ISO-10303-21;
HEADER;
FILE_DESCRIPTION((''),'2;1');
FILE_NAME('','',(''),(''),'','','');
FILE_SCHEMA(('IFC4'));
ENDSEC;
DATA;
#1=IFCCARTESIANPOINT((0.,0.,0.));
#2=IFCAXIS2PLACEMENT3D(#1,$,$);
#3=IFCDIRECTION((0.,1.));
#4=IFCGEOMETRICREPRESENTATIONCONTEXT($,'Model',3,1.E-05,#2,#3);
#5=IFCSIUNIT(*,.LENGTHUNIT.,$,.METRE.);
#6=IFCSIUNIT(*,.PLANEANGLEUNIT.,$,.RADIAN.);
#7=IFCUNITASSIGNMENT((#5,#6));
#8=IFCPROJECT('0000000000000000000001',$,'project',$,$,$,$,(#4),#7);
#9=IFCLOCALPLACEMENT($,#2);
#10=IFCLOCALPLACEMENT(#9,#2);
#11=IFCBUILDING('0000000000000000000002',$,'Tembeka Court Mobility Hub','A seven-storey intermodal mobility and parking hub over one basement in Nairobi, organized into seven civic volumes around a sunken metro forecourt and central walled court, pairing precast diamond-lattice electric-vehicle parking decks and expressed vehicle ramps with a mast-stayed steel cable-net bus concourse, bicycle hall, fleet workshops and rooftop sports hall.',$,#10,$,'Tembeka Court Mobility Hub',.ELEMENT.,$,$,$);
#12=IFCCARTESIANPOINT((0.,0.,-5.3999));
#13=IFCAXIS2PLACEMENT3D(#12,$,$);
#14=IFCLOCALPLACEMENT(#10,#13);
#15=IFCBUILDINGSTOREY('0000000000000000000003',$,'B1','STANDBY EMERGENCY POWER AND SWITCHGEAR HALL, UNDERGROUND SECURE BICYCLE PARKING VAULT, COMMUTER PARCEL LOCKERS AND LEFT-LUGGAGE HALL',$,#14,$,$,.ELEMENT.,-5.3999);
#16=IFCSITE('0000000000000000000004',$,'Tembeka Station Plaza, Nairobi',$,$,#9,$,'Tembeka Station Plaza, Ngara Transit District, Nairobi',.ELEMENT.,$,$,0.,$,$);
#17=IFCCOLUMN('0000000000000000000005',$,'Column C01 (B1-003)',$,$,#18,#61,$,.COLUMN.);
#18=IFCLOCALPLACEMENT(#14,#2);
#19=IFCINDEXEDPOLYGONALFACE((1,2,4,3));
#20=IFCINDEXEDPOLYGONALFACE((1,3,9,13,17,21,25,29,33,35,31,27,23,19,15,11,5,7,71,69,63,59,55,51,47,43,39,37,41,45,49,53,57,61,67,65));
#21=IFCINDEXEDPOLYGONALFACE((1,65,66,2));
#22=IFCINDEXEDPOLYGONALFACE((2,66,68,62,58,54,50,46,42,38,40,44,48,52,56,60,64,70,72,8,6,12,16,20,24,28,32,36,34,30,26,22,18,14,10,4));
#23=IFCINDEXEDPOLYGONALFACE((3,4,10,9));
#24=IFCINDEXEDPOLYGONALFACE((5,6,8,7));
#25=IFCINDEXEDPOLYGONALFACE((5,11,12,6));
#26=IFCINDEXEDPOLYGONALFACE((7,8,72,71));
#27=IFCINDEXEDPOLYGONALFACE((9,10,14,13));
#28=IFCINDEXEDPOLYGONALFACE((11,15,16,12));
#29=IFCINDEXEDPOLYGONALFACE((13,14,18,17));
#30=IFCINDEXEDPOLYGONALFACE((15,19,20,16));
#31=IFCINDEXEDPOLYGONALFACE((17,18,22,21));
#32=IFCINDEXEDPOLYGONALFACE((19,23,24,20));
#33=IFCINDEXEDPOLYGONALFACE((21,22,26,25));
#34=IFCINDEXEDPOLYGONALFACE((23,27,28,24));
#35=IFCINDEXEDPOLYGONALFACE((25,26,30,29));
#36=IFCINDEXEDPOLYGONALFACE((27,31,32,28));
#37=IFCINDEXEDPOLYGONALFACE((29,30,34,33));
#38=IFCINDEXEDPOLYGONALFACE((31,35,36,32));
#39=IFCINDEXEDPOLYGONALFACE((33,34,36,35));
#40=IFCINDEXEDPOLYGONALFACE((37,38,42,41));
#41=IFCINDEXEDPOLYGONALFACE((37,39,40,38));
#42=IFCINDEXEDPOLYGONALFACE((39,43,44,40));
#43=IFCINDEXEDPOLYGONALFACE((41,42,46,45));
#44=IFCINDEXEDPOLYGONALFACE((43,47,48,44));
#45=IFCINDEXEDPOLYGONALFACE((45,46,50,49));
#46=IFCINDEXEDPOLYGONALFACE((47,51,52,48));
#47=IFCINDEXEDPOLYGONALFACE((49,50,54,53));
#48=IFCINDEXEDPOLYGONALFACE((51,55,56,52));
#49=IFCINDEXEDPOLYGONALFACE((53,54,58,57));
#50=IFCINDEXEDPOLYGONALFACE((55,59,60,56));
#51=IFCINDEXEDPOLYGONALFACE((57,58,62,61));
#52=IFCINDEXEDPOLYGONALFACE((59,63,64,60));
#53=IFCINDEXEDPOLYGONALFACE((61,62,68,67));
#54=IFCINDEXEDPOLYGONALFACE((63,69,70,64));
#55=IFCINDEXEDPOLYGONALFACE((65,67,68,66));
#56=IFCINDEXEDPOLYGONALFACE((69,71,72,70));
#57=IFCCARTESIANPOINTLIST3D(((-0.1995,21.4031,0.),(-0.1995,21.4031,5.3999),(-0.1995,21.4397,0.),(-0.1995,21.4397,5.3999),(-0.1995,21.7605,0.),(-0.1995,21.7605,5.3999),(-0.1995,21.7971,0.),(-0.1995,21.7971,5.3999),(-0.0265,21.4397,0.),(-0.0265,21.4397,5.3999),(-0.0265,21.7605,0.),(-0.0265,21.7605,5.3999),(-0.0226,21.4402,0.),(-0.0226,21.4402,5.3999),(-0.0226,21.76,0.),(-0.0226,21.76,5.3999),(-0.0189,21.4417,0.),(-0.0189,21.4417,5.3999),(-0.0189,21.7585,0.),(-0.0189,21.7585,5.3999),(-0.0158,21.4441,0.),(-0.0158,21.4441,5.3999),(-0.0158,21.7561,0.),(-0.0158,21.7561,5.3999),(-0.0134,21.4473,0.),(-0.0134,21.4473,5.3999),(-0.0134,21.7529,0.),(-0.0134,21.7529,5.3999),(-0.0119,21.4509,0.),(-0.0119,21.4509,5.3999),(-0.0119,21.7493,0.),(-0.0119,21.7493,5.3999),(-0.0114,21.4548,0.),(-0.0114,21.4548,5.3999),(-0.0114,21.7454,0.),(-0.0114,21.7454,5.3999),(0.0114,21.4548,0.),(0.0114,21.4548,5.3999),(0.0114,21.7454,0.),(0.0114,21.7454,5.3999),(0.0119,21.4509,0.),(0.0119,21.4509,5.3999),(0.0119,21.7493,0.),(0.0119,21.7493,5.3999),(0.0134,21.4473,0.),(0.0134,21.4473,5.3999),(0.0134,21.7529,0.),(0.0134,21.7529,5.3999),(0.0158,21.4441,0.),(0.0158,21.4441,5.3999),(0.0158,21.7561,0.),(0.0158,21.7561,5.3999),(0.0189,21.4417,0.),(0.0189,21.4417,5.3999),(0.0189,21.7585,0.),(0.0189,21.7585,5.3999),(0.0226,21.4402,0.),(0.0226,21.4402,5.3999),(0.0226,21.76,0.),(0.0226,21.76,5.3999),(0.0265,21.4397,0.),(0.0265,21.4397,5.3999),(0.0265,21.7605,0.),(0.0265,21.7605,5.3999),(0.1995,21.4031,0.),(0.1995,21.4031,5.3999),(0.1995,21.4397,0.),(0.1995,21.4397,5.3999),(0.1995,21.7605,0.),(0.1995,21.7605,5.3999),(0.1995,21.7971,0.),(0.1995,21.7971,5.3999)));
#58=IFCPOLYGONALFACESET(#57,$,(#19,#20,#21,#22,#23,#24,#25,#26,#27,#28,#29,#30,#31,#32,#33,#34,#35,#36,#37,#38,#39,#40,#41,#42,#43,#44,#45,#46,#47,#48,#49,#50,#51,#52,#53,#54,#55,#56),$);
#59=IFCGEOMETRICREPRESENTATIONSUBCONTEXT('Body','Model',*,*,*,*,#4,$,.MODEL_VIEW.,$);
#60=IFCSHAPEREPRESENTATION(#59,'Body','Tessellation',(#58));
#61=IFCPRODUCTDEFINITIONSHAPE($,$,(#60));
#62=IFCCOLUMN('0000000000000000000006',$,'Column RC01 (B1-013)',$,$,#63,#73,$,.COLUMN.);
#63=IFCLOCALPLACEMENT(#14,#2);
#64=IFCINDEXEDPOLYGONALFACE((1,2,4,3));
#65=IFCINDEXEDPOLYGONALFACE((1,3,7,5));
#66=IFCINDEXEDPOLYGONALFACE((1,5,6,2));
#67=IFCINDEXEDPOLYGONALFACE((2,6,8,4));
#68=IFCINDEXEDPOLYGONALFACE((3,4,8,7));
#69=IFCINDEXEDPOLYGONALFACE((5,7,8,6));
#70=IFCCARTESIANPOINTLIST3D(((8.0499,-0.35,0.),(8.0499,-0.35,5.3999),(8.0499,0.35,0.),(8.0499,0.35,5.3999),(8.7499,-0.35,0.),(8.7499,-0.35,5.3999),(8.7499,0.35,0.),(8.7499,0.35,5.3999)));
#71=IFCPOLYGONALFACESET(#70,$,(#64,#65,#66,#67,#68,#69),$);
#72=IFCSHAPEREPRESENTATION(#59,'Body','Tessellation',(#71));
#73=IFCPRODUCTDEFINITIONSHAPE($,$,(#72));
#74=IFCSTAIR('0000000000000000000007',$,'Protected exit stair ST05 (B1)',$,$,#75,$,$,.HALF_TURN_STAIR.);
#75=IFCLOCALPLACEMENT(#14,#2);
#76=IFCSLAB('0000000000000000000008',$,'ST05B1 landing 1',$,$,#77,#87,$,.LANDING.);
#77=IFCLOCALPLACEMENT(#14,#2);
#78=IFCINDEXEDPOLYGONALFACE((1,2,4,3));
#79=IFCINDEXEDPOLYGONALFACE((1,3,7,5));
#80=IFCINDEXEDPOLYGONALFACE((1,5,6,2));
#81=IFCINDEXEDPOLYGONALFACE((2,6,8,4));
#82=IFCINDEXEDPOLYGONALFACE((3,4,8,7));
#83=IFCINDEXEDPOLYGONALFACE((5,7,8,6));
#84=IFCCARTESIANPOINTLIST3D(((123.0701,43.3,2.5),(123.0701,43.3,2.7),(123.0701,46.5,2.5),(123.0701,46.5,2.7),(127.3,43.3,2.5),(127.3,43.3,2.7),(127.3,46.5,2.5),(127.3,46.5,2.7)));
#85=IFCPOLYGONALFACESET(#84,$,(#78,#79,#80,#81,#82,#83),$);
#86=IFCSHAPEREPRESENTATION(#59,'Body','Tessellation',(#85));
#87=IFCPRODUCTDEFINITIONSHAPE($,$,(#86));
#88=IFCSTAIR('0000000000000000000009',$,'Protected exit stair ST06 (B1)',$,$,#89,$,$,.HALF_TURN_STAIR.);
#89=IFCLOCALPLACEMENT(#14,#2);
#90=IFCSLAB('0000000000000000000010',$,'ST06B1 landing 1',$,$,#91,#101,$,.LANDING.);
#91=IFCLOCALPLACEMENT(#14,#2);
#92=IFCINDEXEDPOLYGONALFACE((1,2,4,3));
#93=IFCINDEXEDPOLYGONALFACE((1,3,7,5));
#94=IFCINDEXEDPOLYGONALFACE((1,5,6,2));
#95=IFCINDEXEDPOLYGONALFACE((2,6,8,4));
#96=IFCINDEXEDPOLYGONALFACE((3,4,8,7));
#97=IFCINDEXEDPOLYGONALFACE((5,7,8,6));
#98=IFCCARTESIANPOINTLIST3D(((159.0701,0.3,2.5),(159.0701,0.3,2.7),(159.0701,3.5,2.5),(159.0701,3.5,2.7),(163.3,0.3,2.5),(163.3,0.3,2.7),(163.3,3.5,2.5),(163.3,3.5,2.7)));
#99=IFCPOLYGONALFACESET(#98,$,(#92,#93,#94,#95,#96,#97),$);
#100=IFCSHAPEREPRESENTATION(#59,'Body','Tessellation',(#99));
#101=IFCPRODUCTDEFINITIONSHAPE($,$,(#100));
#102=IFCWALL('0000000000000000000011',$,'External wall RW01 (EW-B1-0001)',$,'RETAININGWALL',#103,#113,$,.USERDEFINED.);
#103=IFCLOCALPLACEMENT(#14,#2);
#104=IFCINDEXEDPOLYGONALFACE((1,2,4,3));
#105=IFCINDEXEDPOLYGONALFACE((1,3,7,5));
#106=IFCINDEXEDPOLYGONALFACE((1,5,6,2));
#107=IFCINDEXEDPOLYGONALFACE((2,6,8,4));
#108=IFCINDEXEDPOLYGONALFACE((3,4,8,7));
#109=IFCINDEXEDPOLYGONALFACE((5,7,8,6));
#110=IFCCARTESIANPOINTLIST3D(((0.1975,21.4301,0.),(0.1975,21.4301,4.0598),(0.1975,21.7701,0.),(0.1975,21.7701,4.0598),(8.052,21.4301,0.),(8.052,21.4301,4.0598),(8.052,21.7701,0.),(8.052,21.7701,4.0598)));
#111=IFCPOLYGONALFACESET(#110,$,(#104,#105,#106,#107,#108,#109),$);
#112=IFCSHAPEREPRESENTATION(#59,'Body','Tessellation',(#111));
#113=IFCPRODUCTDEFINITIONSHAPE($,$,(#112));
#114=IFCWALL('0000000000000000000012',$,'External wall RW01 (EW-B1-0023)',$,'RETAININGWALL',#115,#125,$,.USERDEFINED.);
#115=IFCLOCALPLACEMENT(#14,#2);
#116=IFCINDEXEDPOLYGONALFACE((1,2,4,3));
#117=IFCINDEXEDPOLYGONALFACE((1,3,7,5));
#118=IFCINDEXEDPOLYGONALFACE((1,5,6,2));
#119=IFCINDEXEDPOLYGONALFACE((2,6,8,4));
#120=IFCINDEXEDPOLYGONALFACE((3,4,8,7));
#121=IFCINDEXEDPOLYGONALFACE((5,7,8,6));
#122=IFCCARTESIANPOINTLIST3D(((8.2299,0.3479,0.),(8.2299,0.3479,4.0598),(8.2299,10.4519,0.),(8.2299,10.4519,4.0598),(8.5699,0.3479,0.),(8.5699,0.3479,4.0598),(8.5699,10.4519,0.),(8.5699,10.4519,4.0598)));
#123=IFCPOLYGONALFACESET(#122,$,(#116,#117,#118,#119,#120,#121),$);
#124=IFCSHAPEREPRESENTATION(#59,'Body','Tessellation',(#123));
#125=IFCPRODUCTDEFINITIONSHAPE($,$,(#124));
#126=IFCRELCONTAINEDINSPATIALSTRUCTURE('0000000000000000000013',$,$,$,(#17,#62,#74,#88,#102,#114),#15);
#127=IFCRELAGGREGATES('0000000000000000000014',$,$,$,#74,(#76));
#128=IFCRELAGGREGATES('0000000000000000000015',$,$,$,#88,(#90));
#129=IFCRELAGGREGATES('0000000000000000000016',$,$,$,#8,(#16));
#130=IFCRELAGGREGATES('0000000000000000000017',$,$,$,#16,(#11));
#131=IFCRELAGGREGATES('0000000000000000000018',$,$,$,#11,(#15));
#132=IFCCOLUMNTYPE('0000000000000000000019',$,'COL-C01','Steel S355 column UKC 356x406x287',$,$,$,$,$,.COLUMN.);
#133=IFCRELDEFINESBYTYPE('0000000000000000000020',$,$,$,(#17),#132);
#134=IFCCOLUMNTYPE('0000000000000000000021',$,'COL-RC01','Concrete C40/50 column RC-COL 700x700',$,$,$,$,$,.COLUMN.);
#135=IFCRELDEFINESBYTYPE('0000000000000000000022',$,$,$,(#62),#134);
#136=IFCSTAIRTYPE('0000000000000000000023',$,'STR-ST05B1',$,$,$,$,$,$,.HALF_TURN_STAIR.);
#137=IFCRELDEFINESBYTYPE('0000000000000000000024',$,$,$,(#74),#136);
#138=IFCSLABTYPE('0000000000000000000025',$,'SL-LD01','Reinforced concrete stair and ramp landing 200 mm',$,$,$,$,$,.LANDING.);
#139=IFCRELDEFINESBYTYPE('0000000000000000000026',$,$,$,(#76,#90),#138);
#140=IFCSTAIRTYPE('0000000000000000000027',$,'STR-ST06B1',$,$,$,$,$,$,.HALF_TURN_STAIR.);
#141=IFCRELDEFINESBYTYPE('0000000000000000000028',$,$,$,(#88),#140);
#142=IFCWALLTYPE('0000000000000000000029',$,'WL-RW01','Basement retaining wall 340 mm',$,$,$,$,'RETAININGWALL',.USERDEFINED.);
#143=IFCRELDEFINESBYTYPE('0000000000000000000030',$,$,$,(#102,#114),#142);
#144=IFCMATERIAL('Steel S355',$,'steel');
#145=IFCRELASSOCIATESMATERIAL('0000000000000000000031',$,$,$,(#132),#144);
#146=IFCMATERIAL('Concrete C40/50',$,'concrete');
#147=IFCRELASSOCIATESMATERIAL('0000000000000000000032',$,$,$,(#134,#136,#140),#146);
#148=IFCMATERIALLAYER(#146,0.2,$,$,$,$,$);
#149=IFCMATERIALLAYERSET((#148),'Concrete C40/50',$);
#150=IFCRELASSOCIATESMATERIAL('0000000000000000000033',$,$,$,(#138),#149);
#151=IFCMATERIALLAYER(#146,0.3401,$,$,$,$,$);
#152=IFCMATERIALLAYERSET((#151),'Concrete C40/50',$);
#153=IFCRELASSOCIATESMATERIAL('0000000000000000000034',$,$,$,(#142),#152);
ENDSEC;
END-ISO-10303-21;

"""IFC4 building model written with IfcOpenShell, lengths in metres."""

from ifc_helpers import new_model, si_unit, direction, frame, frame_2d, origin, origin_2d, place, context, subcontext, project, spatial, polyline, rectangle, i_section, outline, extrude, material, layer, layer_set, material_profile, profile_set, type_object, element, aggregate, save


model = new_model("IFC4")

# Units and contexts
model_context = context("Model", 3, precision=1e-05, world=origin(), true_north=direction((0.0, 1.0)))
body_context = subcontext(model_context, "Body", "Model", "MODEL_VIEW")
ifc_project = project(units=[si_unit("LENGTHUNIT", "METRE"), si_unit("PLANEANGLEUNIT", "RADIAN")], contexts=[model_context])

# Site, building, storey
site_placement = place(None, origin())
site = spatial("IfcSite", under=ifc_project, at=site_placement, Name="Tembeka Station Plaza, Nairobi", LongName="Tembeka Station Plaza, Ngara Transit District, Nairobi", CompositionType="ELEMENT", RefElevation=0.0)
building_placement = place(site_placement, origin())
building = spatial("IfcBuilding", under=site, at=building_placement, Name="Tembeka Court Mobility Hub", Description="A seven-storey intermodal mobility and parking hub over one basement in Nairobi, organized into seven civic volumes around a sunken metro forecourt and central walled court, pairing precast diamond-lattice electric-vehicle parking decks and expressed vehicle ramps with a mast-stayed steel cable-net bus concourse, bicycle hall, fleet workshops and rooftop sports hall.", LongName="Tembeka Court Mobility Hub", CompositionType="ELEMENT")
storey_placement = place(building_placement, frame((0.0, 0.0, -5.3999)))
storey = spatial("IfcBuildingStorey", under=building, at=storey_placement, Name="B1", Description="STANDBY EMERGENCY POWER AND SWITCHGEAR HALL, UNDERGROUND SECURE BICYCLE PARKING VAULT, COMMUTER PARCEL LOCKERS AND LEFT-LUGGAGE HALL", CompositionType="ELEMENT", Elevation=-5.3999)

# Shared definitions
ifc_material_1 = material(Name="Concrete C40/50", Category="concrete")

# Columns
ifc_material_2 = material(Name="Steel S355", Category="steel")
ifc_material_profile_1 = material_profile(ifc_material_2, i_section(OverallWidth=0.3989, OverallDepth=0.394, WebThickness=0.0227, FlangeThickness=0.0366, FilletRadius=0.0151, at=origin_2d()), Name="UKC 356x406x287")
ifc_profile_set_1 = profile_set([ifc_material_profile_1], Name="Steel S355")
column_type_1 = type_object("IfcColumnType", Name="COL-C01", Description="Steel S355 column UKC 356x406x287", PredefinedType="COLUMN", material=ifc_profile_set_1)
for number, where, z_axis, x_axis, name in (
    (1, (0.0, 21.6001, 0.0), (0.0, 0.0, 1.0), (1.0, 0.0, 0.0), "Column C01 (B1-003)"),
):
    element("IfcColumn", number, at=place(storey_placement, frame(where, z_axis=z_axis, x_axis=x_axis)), inside=storey, type_object=column_type_1, Name=name, PredefinedType="COLUMN", context=body_context, shape_type="SweptSolid", body=[
        extrude(i_section(OverallWidth=0.3989, OverallDepth=0.394, WebThickness=0.0227, FlangeThickness=0.0366, FilletRadius=0.0151, at=origin_2d()), origin(), (0.0, 0.0, 1.0), 5.3999),
    ])
ifc_material_profile_2 = material_profile(ifc_material_1, rectangle(XDim=0.7, YDim=0.7, at=origin_2d()), Name="RC-COL 700x700")
ifc_profile_set_2 = profile_set([ifc_material_profile_2], Name="Concrete C40/50")
column_type_2 = type_object("IfcColumnType", Name="COL-RC01", Description="Concrete C40/50 column RC-COL 700x700", PredefinedType="COLUMN", material=ifc_profile_set_2)
column_placement = place(storey_placement, frame((8.3999, 0.0, 0.0), z_axis=(0.0, 0.0, 1.0), x_axis=(1.0, 0.0, 0.0)))
element("IfcColumn", 2, at=column_placement, inside=storey, type_object=column_type_2, Name="Column RC01 (B1-013)", PredefinedType="COLUMN", context=body_context, shape_type="SweptSolid", body=[
    extrude(rectangle(XDim=0.7, YDim=0.7, at=origin_2d()), origin(), (0.0, 0.0, 1.0), 5.3999),
])

# Stairs, slabs
stair_type_1 = type_object("IfcStairType", Name="STR-ST05B1", PredefinedType="HALF_TURN_STAIR", material=ifc_material_1)
stair_1_placement = place(storey_placement, origin())
stair_1 = element("IfcStair", 3, at=stair_1_placement, inside=storey, type_object=stair_type_1, Name="Protected exit stair ST05 (B1)", PredefinedType="HALF_TURN_STAIR")
ifc_layer_1 = layer(ifc_material_1, 0.2)
ifc_layer_set_1 = layer_set([ifc_layer_1], Name="Concrete C40/50")
slab_type = type_object("IfcSlabType", Name="SL-LD01", Description="Reinforced concrete stair and ramp landing 200 mm", PredefinedType="LANDING", material=ifc_layer_set_1)
slab_1_placement = place(storey_placement, frame((0.0, 0.0, 2.5)))
slab_1 = element("IfcSlab", 4, at=slab_1_placement, type_object=slab_type, Name="ST05B1 landing 1", PredefinedType="LANDING", context=body_context, shape_type="SweptSolid", body=[
    extrude(outline(polyline([(123.0701, 43.3), (127.3, 43.3), (127.3, 46.5), (123.0701, 46.5), (123.0701, 43.3)])), origin(), (0.0, 0.0, 1.0), 0.2),
])
aggregate(stair_1, [slab_1])
stair_type_2 = type_object("IfcStairType", Name="STR-ST06B1", PredefinedType="HALF_TURN_STAIR", material=ifc_material_1)
stair_2_placement = place(storey_placement, origin())
stair_2 = element("IfcStair", 5, at=stair_2_placement, inside=storey, type_object=stair_type_2, Name="Protected exit stair ST06 (B1)", PredefinedType="HALF_TURN_STAIR")
slab_2_placement = place(storey_placement, frame((0.0, 0.0, 2.5)))
slab_2 = element("IfcSlab", 6, at=slab_2_placement, type_object=slab_type, Name="ST06B1 landing 1", PredefinedType="LANDING", context=body_context, shape_type="SweptSolid", body=[
    extrude(outline(polyline([(159.0701, 0.3), (163.3, 0.3), (163.3, 3.5), (159.0701, 3.5), (159.0701, 0.3)])), origin(), (0.0, 0.0, 1.0), 0.2),
])
aggregate(stair_2, [slab_2])

# Walls
ifc_layer_2 = layer(ifc_material_1, 0.3401)
ifc_layer_set_2 = layer_set([ifc_layer_2], Name="Concrete C40/50")
wall_type = type_object("IfcWallType", Name="WL-RW01", Description="Basement retaining wall 340 mm", ElementType="RETAININGWALL", PredefinedType="USERDEFINED", material=ifc_layer_set_2)
wall_1_placement = place(storey_placement, frame((0.1975, 21.6001, 0.0), z_axis=(0.0, 0.0, 1.0), x_axis=(1.0, 0.0, 0.0)))
element("IfcWall", 7, at=wall_1_placement, inside=storey, type_object=wall_type, Name="External wall RW01 (EW-B1-0001)", ObjectType="RETAININGWALL", PredefinedType="USERDEFINED", context=body_context, shape_type="SweptSolid", body=[
    extrude(rectangle(XDim=7.8545, YDim=0.3401, at=frame_2d((3.9272, 0.0))), origin(), (0.0, 0.0, 1.0), 4.0598),
])
wall_2_placement = place(storey_placement, frame((8.3999, 0.3479, 0.0), z_axis=(0.0, 0.0, 1.0), x_axis=(0.0, 1.0, 0.0)))
element("IfcWall", 8, at=wall_2_placement, inside=storey, type_object=wall_type, Name="External wall RW01 (EW-B1-0023)", ObjectType="RETAININGWALL", PredefinedType="USERDEFINED", context=body_context, shape_type="SweptSolid", body=[
    extrude(rectangle(XDim=10.104, YDim=0.3401, at=frame_2d((5.052, 0.0))), origin(), (0.0, 0.0, 1.0), 4.0598),
])

save(model, "model.ifc")
